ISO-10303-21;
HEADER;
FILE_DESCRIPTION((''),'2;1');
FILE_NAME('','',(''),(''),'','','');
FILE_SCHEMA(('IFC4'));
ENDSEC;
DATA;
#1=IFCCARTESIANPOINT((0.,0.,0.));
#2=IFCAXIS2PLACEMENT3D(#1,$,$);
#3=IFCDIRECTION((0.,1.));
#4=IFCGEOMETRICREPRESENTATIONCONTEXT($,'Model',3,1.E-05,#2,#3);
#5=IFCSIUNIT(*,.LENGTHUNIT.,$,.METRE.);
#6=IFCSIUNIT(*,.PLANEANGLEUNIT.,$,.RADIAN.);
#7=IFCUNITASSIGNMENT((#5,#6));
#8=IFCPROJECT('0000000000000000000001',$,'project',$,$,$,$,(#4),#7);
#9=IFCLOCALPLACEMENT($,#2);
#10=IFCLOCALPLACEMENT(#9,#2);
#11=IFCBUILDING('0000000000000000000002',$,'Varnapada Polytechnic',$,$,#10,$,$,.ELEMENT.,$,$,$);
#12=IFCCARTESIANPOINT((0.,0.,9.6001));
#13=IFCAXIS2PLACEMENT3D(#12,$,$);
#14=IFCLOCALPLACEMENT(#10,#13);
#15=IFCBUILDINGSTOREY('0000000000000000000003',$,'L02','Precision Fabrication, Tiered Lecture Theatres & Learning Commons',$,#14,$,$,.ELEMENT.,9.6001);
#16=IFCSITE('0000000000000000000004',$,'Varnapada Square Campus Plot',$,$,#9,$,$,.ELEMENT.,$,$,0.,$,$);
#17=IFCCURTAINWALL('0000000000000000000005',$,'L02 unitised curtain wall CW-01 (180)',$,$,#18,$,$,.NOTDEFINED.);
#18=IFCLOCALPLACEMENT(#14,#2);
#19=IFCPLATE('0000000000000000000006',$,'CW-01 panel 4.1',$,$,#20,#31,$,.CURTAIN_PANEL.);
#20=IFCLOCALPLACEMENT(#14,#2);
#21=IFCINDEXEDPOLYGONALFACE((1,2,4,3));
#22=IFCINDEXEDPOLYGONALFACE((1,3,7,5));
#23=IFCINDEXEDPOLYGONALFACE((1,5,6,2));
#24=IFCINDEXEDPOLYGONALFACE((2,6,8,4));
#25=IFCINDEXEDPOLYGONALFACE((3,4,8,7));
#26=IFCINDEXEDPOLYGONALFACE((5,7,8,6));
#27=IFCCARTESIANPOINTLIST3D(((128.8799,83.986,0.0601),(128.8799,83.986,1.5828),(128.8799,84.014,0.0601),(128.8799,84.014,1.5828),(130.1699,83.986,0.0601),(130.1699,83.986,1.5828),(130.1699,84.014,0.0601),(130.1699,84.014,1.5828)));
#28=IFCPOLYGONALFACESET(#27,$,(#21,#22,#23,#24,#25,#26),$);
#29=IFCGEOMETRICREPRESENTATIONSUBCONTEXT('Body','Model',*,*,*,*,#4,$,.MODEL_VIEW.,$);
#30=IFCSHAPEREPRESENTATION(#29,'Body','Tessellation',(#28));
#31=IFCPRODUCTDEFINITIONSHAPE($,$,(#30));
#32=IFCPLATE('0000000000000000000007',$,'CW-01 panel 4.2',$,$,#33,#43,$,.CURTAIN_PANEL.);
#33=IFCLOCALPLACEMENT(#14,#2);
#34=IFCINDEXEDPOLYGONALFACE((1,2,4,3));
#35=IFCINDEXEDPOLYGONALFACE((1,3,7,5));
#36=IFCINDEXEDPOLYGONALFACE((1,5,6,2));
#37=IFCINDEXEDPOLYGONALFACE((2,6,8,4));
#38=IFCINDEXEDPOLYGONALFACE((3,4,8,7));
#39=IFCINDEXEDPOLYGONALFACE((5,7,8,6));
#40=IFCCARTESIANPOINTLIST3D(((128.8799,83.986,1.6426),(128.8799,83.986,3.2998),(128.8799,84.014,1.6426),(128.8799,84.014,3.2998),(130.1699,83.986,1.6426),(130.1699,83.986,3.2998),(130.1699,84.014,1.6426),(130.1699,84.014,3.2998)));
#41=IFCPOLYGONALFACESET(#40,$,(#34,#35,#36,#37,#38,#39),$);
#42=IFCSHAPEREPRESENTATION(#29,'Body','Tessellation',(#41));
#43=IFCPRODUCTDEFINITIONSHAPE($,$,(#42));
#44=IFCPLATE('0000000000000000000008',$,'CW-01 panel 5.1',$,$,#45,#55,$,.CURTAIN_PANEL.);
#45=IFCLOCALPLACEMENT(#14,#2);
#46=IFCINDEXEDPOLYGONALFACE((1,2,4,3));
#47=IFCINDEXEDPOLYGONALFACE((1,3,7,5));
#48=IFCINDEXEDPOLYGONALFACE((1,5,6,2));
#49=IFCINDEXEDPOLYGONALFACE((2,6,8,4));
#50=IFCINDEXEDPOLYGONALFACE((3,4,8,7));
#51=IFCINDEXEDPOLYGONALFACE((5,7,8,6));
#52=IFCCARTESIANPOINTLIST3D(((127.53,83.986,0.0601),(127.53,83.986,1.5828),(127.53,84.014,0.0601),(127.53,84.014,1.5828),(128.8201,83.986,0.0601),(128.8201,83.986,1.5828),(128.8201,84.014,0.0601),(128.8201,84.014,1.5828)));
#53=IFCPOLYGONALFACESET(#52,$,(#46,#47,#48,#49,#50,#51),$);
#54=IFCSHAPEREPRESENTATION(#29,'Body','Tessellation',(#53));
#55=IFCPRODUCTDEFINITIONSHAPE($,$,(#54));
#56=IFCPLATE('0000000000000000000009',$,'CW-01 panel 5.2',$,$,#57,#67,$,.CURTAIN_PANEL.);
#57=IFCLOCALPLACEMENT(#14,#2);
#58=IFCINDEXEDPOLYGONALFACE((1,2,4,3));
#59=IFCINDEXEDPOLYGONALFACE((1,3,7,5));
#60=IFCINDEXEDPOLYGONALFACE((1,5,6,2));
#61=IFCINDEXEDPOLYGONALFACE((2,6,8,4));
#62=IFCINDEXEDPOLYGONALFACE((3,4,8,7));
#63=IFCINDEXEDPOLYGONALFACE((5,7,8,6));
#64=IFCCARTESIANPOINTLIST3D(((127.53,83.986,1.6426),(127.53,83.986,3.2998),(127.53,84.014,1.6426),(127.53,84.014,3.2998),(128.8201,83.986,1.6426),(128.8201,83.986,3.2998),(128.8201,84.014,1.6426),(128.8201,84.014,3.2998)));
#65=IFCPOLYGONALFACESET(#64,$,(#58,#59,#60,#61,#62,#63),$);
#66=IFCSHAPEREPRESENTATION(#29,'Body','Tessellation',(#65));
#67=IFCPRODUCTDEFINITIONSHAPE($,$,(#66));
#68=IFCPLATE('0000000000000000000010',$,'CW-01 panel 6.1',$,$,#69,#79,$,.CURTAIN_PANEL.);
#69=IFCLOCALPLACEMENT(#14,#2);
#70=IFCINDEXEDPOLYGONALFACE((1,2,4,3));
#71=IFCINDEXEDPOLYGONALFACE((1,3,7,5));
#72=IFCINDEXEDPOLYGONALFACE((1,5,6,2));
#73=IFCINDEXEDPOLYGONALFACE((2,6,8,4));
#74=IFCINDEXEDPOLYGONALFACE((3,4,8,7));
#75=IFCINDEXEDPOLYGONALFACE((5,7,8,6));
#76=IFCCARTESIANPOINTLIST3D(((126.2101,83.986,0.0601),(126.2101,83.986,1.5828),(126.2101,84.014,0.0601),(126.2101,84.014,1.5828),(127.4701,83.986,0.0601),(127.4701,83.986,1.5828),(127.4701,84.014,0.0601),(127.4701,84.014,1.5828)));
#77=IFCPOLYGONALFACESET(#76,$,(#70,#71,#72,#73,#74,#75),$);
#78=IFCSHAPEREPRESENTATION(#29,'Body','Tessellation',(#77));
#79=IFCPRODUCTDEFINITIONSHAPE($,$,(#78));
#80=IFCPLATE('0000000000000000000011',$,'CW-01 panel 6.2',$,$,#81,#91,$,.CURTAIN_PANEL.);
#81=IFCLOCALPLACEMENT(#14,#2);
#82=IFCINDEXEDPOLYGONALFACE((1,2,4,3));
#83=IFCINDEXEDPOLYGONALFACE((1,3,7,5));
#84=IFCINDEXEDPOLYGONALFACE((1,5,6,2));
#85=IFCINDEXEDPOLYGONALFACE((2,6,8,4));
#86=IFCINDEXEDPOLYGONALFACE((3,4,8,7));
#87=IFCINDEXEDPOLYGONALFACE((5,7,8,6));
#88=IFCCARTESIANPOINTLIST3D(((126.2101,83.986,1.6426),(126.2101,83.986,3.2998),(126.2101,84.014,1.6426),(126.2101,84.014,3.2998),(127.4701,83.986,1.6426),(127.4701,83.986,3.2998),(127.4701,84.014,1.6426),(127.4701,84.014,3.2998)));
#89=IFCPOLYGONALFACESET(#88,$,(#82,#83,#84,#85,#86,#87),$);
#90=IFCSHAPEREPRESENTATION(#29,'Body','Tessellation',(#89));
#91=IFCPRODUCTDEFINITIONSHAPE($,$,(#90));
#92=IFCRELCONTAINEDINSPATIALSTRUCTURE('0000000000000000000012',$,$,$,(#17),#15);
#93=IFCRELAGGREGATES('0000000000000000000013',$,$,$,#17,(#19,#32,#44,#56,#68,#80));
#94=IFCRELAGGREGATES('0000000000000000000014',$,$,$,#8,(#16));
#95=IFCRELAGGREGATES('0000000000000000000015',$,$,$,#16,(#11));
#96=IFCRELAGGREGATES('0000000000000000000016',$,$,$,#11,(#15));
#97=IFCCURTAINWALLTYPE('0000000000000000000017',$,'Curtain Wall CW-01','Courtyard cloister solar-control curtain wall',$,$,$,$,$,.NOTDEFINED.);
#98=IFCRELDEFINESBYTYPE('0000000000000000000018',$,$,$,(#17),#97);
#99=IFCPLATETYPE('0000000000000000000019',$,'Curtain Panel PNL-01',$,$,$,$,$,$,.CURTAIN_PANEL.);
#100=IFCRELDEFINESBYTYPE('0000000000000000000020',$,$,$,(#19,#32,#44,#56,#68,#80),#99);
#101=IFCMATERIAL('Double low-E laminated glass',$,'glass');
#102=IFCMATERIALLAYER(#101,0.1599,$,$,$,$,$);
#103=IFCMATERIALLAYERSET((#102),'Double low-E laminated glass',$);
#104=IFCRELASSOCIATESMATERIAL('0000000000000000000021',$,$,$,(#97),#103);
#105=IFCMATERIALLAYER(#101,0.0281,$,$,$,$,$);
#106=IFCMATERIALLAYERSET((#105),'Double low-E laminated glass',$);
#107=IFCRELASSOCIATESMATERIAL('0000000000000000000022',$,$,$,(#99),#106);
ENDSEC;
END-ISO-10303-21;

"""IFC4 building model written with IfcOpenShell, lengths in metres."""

from ifc_helpers import new_model, si_unit, direction, frame, origin, origin_2d, place, context, subcontext, project, spatial, rectangle, extrude, material, layer, layer_set, type_object, element, aggregate, save


model = new_model("IFC4")

# Units and contexts
model_context = context("Model", 3, precision=1e-05, world=origin(), true_north=direction((0.0, 1.0)))
body_context = subcontext(model_context, "Body", "Model", "MODEL_VIEW")
ifc_project = project(units=[si_unit("LENGTHUNIT", "METRE"), si_unit("PLANEANGLEUNIT", "RADIAN")], contexts=[model_context])

# Site, building, storey
site_placement = place(None, origin())
site = spatial("IfcSite", under=ifc_project, at=site_placement, Name="Varnapada Square Campus Plot", CompositionType="ELEMENT", RefElevation=0.0)
building_placement = place(site_placement, origin())
building = spatial("IfcBuilding", under=site, at=building_placement, Name="Varnapada Polytechnic", CompositionType="ELEMENT")
storey_placement = place(building_placement, frame((0.0, 0.0, 9.6001)))
storey = spatial("IfcBuildingStorey", under=building, at=storey_placement, Name="L02", Description="Precision Fabrication, Tiered Lecture Theatres & Learning Commons", CompositionType="ELEMENT", Elevation=9.6001)

# Curtain wall, plates
ifc_material_1 = material(Name="Double low-E laminated glass", Category="glass")
ifc_layer_1 = layer(ifc_material_1, 0.1599)
ifc_layer_set_1 = layer_set([ifc_layer_1], Name="Double low-E laminated glass")
curtain_wall_type = type_object("IfcCurtainWallType", Name="Curtain Wall CW-01", Description="Courtyard cloister solar-control curtain wall", PredefinedType="NOTDEFINED", material=ifc_layer_set_1)
curtain_wall_placement = place(storey_placement, origin())
curtain_wall = element("IfcCurtainWall", 1, at=curtain_wall_placement, inside=storey, type_object=curtain_wall_type, Name="L02 unitised curtain wall CW-01 (180)", PredefinedType="NOTDEFINED")
ifc_layer_2 = layer(ifc_material_1, 0.0281)
ifc_layer_set_2 = layer_set([ifc_layer_2], Name="Double low-E laminated glass")
plate_type = type_object("IfcPlateType", Name="Curtain Panel PNL-01", PredefinedType="CURTAIN_PANEL", material=ifc_layer_set_2)
plate_1_placement = place(storey_placement, frame((129.5249, 84.0, 0.0601), z_axis=(0.0, 0.0, 1.0), x_axis=(-1.0, 0.0, 0.0)))
plate_1 = element("IfcPlate", 2, at=plate_1_placement, type_object=plate_type, Name="CW-01 panel 4.1", PredefinedType="CURTAIN_PANEL", context=body_context, shape_type="SweptSolid", body=[
    extrude(rectangle(XDim=1.29, YDim=0.0281, at=origin_2d()), origin(), (0.0, 0.0, 1.0), 1.5227),
])
plate_2_placement = place(storey_placement, frame((129.5249, 84.0, 1.6426), z_axis=(0.0, 0.0, 1.0), x_axis=(-1.0, 0.0, 0.0)))
plate_2 = element("IfcPlate", 3, at=plate_2_placement, type_object=plate_type, Name="CW-01 panel 4.2", PredefinedType="CURTAIN_PANEL", context=body_context, shape_type="SweptSolid", body=[
    extrude(rectangle(XDim=1.29, YDim=0.0281, at=origin_2d()), origin(), (0.0, 0.0, 1.0), 1.6572),
])
plate_3_placement = place(storey_placement, frame((128.175, 84.0, 0.0601), z_axis=(0.0, 0.0, 1.0), x_axis=(-1.0, 0.0, 0.0)))
plate_3 = element("IfcPlate", 4, at=plate_3_placement, type_object=plate_type, Name="CW-01 panel 5.1", PredefinedType="CURTAIN_PANEL", context=body_context, shape_type="SweptSolid", body=[
    extrude(rectangle(XDim=1.29, YDim=0.0281, at=origin_2d()), origin(), (0.0, 0.0, 1.0), 1.5227),
])
plate_4_placement = place(storey_placement, frame((128.175, 84.0, 1.6426), z_axis=(0.0, 0.0, 1.0), x_axis=(-1.0, 0.0, 0.0)))
plate_4 = element("IfcPlate", 5, at=plate_4_placement, type_object=plate_type, Name="CW-01 panel 5.2", PredefinedType="CURTAIN_PANEL", context=body_context, shape_type="SweptSolid", body=[
    extrude(rectangle(XDim=1.29, YDim=0.0281, at=origin_2d()), origin(), (0.0, 0.0, 1.0), 1.6572),
])
plate_5_placement = place(storey_placement, frame((126.8401, 84.0, 0.0601), z_axis=(0.0, 0.0, 1.0), x_axis=(-1.0, 0.0, 0.0)))
plate_5 = element("IfcPlate", 6, at=plate_5_placement, type_object=plate_type, Name="CW-01 panel 6.1", PredefinedType="CURTAIN_PANEL", context=body_context, shape_type="SweptSolid", body=[
    extrude(rectangle(XDim=1.26, YDim=0.0281, at=origin_2d()), origin(), (0.0, 0.0, 1.0), 1.5227),
])
plate_6_placement = place(storey_placement, frame((126.8401, 84.0, 1.6426), z_axis=(0.0, 0.0, 1.0), x_axis=(-1.0, 0.0, 0.0)))
plate_6 = element("IfcPlate", 7, at=plate_6_placement, type_object=plate_type, Name="CW-01 panel 6.2", PredefinedType="CURTAIN_PANEL", context=body_context, shape_type="SweptSolid", body=[
    extrude(rectangle(XDim=1.26, YDim=0.0281, at=origin_2d()), origin(), (0.0, 0.0, 1.0), 1.6572),
])
aggregate(curtain_wall, [plate_1, plate_2, plate_3, plate_4, plate_5, plate_6])

save(model, "model.ifc")
